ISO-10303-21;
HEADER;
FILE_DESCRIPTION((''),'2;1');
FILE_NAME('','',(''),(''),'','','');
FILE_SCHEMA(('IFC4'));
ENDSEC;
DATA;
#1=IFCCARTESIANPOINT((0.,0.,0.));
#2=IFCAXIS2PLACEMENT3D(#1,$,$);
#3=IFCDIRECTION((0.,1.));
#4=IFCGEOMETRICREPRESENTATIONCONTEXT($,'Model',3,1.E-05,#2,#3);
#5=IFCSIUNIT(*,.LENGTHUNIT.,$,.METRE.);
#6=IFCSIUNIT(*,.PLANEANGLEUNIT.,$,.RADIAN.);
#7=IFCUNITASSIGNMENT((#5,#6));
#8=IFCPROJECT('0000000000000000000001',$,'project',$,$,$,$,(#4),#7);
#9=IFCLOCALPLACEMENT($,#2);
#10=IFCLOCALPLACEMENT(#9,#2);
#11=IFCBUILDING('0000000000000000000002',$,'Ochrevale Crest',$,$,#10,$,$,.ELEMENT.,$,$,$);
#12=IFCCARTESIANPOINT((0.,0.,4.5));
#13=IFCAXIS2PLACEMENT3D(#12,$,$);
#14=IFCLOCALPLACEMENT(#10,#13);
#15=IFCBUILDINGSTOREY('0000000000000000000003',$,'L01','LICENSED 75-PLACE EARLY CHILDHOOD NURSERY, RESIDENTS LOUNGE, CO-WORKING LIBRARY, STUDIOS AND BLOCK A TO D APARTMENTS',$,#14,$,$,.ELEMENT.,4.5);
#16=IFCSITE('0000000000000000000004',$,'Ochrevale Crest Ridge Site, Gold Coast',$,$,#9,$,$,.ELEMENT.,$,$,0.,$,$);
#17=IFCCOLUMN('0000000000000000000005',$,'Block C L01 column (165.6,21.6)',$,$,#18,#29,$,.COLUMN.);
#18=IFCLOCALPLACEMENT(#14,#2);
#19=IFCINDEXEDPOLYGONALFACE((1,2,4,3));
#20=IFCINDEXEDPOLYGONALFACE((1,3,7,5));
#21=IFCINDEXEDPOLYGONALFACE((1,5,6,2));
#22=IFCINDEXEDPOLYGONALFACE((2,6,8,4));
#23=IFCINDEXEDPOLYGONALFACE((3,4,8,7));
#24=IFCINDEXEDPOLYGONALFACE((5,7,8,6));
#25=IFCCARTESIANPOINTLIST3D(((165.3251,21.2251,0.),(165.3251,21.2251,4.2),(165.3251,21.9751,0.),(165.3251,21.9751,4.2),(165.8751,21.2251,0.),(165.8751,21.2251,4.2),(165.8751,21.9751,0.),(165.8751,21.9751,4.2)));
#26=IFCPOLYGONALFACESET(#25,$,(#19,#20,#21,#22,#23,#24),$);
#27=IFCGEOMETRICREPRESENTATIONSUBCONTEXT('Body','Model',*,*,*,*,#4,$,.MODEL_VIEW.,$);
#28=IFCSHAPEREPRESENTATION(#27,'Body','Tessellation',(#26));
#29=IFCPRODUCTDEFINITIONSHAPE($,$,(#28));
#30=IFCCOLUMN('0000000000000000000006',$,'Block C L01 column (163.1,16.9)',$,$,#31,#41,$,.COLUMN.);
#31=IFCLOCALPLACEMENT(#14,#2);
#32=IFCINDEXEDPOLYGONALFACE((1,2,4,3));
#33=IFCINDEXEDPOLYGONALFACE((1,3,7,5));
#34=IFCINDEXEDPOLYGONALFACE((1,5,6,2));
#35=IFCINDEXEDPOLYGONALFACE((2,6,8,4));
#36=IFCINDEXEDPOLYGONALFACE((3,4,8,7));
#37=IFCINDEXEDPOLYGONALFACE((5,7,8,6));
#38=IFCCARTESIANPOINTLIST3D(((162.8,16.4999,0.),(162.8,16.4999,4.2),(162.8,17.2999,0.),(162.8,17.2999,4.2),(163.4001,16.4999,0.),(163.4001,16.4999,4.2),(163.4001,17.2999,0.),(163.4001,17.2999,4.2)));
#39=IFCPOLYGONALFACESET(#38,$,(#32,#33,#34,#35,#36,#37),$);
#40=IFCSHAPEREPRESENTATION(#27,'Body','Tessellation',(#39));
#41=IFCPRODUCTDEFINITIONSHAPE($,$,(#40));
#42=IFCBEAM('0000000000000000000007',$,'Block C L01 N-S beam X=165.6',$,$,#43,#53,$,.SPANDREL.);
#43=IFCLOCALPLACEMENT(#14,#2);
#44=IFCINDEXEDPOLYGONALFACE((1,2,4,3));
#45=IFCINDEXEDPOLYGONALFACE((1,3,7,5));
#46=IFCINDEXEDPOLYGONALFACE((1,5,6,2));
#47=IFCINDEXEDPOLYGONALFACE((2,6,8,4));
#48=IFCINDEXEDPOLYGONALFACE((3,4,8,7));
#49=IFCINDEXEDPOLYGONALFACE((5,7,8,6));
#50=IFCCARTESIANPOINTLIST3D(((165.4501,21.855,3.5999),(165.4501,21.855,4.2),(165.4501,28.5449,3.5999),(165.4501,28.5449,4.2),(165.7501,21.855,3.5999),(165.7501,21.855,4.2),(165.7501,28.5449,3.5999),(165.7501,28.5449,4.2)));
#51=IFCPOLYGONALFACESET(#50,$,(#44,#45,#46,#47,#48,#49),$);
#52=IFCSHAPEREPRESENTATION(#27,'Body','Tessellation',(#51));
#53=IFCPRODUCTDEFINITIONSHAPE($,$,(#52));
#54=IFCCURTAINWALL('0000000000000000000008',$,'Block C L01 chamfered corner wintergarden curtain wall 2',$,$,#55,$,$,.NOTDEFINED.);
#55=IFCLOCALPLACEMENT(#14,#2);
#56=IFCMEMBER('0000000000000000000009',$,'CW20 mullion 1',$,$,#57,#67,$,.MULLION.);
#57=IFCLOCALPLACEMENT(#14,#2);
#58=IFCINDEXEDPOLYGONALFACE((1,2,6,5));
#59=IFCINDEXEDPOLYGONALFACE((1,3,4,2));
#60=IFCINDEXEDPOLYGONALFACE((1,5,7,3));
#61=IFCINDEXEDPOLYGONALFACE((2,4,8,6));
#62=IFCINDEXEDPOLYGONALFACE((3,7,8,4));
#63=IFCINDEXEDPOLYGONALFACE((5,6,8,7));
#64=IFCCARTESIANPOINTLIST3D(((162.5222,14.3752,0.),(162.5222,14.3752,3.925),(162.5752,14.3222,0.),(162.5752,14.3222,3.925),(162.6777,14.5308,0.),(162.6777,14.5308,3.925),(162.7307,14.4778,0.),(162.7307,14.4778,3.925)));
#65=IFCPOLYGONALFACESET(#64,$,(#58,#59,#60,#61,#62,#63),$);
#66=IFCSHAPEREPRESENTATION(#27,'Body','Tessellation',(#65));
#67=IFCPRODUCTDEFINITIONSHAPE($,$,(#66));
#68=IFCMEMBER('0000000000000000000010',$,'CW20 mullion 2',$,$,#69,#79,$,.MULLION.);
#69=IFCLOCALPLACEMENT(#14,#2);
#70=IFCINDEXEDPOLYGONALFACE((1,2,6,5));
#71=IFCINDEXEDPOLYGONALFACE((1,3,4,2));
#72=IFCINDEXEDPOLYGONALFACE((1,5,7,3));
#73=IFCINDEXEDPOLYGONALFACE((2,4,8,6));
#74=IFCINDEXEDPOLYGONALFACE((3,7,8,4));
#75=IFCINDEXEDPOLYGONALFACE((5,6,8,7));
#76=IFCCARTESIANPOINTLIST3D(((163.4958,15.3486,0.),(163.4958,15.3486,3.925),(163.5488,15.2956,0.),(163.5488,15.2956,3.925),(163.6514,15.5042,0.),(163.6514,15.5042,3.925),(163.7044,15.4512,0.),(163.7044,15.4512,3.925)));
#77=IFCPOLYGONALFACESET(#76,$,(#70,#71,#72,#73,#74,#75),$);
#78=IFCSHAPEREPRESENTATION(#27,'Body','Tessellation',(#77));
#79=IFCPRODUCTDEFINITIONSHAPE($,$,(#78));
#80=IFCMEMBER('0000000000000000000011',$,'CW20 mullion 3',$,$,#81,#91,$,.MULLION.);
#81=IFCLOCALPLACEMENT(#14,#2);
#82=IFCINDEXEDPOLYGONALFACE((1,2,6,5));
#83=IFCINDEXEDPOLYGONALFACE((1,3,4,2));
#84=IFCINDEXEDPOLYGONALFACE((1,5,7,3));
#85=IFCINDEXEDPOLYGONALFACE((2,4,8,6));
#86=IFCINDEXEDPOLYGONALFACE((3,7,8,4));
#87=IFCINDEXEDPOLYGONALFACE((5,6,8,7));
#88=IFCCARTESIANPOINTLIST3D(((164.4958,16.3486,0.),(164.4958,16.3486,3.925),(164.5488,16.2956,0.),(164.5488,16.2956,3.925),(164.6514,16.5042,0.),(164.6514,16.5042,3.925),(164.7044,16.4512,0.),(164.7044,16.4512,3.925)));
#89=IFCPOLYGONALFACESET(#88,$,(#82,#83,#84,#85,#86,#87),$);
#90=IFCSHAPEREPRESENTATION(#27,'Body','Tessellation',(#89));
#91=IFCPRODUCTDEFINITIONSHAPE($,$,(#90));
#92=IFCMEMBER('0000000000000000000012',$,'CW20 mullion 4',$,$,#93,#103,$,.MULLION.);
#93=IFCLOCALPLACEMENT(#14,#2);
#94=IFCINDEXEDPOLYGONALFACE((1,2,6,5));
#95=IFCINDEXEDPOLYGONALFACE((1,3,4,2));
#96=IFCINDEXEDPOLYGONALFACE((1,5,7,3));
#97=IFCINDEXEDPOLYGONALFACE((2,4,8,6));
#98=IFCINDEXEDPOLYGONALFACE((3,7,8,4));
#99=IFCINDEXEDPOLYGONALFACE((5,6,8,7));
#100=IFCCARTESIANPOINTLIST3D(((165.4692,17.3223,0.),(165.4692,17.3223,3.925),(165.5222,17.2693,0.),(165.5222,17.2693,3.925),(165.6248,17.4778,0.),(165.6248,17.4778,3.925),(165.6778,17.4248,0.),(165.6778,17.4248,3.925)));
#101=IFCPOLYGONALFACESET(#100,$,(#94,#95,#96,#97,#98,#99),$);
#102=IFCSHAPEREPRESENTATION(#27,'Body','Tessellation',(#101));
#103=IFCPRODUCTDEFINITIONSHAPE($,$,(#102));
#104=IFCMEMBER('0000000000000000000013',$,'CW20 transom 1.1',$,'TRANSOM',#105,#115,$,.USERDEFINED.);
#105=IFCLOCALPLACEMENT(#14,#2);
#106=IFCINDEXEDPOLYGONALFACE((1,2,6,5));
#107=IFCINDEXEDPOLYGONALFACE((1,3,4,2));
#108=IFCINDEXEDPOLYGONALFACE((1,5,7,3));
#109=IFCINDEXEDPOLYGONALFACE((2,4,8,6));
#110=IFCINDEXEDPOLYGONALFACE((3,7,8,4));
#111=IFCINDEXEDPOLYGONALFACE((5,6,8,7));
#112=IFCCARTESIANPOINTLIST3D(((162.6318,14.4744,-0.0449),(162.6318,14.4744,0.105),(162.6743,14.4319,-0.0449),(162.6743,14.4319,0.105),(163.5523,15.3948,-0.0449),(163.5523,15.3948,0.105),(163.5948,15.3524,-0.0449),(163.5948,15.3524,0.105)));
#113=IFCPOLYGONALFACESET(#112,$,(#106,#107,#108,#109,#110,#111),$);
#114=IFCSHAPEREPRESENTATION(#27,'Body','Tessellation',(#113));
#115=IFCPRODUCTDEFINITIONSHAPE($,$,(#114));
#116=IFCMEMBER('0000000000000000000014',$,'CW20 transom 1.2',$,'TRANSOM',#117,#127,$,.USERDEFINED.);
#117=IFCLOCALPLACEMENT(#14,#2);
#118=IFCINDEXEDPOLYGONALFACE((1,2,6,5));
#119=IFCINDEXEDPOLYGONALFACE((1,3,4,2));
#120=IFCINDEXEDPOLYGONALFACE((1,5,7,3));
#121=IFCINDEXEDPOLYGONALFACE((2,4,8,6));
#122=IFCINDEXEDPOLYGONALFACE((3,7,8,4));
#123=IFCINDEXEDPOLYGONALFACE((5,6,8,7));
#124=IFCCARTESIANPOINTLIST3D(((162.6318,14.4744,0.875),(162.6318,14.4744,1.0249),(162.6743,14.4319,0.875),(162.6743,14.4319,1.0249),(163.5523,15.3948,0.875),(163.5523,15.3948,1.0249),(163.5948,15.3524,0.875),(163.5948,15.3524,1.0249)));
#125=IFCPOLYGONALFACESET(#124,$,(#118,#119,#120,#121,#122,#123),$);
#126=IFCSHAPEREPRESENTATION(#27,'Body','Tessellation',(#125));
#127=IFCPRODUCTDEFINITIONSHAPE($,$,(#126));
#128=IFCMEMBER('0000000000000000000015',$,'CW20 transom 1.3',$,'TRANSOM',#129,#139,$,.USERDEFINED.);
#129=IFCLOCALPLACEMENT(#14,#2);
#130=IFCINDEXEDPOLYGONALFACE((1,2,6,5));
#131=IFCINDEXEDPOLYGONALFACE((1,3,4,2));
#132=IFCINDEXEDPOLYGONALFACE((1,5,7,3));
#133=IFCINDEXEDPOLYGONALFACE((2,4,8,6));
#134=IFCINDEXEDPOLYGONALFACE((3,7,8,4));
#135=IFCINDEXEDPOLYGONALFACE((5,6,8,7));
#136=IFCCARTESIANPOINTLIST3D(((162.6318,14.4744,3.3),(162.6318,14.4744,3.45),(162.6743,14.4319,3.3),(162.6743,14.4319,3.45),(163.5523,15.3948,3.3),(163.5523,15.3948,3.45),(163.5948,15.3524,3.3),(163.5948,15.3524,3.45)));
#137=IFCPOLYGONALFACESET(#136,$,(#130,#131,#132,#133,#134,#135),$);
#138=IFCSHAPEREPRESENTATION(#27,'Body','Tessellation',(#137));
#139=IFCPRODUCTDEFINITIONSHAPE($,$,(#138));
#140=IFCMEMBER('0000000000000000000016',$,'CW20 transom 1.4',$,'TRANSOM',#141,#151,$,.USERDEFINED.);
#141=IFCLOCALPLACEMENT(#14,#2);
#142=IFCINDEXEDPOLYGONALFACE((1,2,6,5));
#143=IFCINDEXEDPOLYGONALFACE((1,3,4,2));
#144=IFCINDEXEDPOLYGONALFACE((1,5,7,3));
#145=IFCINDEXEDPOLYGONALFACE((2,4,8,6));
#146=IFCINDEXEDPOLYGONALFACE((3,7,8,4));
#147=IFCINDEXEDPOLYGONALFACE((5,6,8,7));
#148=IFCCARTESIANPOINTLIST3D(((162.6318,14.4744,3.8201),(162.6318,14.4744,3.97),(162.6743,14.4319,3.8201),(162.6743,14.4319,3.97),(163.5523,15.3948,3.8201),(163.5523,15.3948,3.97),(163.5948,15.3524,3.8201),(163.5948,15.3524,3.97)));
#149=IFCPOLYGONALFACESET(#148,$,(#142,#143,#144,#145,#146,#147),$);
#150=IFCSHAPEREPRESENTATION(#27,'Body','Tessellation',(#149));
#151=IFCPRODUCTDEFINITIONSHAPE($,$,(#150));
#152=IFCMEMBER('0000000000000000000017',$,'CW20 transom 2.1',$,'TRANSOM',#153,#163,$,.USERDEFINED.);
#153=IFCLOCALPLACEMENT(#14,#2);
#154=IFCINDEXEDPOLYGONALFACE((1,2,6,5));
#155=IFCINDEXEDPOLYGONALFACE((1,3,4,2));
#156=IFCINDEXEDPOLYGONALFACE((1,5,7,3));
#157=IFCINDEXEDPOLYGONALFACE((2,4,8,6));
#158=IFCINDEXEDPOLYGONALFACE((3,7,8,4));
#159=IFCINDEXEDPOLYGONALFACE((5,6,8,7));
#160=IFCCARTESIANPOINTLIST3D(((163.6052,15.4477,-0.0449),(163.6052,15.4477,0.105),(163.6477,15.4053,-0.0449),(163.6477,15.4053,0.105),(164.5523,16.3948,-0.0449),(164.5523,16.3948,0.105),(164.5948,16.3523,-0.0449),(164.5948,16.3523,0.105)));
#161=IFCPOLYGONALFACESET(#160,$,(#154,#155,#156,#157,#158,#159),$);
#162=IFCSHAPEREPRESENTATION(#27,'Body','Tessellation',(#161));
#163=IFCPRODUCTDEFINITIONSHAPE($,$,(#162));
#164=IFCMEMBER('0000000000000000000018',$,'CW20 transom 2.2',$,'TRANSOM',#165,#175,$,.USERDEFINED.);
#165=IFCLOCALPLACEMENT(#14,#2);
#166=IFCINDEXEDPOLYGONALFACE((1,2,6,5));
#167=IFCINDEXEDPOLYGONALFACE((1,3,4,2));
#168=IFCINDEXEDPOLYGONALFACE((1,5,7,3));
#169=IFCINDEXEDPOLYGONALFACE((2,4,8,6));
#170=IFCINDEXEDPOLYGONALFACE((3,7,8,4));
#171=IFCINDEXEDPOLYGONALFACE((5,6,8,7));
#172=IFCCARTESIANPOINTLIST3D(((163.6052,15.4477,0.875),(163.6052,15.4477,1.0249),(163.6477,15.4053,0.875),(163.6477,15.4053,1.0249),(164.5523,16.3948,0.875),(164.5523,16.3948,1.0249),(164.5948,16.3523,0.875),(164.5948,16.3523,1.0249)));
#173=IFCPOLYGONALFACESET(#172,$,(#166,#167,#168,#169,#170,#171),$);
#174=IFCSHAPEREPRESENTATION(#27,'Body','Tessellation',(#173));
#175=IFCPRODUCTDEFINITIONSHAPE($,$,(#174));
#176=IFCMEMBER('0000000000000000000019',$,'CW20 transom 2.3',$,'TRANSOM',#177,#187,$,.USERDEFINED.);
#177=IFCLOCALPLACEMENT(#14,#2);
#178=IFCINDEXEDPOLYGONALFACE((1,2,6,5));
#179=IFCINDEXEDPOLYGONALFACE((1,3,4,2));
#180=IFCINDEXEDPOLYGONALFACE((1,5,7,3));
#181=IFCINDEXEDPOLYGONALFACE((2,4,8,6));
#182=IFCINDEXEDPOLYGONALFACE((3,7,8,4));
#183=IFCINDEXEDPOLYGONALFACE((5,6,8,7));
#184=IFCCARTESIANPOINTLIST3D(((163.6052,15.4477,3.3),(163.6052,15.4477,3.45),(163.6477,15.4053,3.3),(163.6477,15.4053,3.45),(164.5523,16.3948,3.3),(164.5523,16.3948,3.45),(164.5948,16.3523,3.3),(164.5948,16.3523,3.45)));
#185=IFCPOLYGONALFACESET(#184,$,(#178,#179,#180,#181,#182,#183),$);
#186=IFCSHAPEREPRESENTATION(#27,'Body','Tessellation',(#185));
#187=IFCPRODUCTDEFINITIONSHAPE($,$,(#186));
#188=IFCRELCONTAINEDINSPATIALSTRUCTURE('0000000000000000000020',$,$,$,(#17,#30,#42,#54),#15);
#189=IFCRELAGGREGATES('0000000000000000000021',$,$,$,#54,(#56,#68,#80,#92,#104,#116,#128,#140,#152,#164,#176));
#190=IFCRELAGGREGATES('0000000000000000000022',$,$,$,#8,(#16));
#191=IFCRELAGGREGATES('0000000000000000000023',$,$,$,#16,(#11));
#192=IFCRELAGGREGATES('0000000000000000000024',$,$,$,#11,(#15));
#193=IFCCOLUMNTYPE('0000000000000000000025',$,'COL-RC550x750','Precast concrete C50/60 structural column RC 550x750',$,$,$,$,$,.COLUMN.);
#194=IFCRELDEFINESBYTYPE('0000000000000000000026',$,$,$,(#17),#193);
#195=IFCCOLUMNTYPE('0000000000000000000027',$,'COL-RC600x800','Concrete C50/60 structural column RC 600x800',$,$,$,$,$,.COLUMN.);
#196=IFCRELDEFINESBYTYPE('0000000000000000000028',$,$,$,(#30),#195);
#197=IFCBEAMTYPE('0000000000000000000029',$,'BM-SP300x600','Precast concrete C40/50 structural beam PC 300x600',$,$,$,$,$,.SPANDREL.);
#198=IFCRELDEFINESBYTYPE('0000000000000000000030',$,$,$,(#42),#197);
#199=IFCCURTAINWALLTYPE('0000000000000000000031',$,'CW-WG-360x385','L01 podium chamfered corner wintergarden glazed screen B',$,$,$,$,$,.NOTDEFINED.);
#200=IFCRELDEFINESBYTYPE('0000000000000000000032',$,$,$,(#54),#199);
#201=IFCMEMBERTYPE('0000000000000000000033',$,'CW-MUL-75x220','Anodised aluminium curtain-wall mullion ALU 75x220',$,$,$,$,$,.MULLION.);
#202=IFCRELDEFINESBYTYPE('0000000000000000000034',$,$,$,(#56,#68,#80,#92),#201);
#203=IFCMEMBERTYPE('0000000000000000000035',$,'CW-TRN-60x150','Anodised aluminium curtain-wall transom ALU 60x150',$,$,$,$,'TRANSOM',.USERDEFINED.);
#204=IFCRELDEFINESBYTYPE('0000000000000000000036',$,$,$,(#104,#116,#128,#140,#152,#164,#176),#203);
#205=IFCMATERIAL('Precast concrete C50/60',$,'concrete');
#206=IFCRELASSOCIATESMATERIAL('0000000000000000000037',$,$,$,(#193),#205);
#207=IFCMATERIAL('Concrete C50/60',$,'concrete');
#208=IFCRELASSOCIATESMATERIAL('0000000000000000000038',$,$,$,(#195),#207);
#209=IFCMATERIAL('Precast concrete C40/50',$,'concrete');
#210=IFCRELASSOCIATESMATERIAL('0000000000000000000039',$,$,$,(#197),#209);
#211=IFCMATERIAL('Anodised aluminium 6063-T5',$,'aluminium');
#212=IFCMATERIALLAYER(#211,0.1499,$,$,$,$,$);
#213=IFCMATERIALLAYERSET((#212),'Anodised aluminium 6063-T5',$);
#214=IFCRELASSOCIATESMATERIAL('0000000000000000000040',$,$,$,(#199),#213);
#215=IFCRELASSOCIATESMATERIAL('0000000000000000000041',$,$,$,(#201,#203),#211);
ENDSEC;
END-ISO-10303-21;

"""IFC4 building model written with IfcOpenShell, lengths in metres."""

from ifc_helpers import new_model, si_unit, direction, frame, origin, origin_2d, place, context, subcontext, project, spatial, rectangle, extrude, material, layer, layer_set, material_profile, profile_set, type_object, element, aggregate, save


model = new_model("IFC4")

# Units and contexts
model_context = context("Model", 3, precision=1e-05, world=origin(), true_north=direction((0.0, 1.0)))
body_context = subcontext(model_context, "Body", "Model", "MODEL_VIEW")
ifc_project = project(units=[si_unit("LENGTHUNIT", "METRE"), si_unit("PLANEANGLEUNIT", "RADIAN")], contexts=[model_context])

# Site, building, storey
site_placement = place(None, origin())
site = spatial("IfcSite", under=ifc_project, at=site_placement, Name="Ochrevale Crest Ridge Site, Gold Coast", CompositionType="ELEMENT", RefElevation=0.0)
building_placement = place(site_placement, origin())
building = spatial("IfcBuilding", under=site, at=building_placement, Name="Ochrevale Crest", CompositionType="ELEMENT")
storey_placement = place(building_placement, frame((0.0, 0.0, 4.5)))
storey = spatial("IfcBuildingStorey", under=building, at=storey_placement, Name="L01", Description="LICENSED 75-PLACE EARLY CHILDHOOD NURSERY, RESIDENTS LOUNGE, CO-WORKING LIBRARY, STUDIOS AND BLOCK A TO D APARTMENTS", CompositionType="ELEMENT", Elevation=4.5)

# Columns
ifc_material_1 = material(Name="Precast concrete C50/60", Category="concrete")
ifc_material_profile_1 = material_profile(ifc_material_1, rectangle(XDim=0.55, YDim=0.75, at=origin_2d()), Name="RC 550x750")
ifc_profile_set_1 = profile_set([ifc_material_profile_1], Name="Precast concrete C50/60")
column_type_1 = type_object("IfcColumnType", Name="COL-RC550x750", Description="Precast concrete C50/60 structural column RC 550x750", PredefinedType="COLUMN", material=ifc_profile_set_1)
column_1_placement = place(storey_placement, frame((165.6001, 21.6001, 0.0), z_axis=(0.0, 0.0, 1.0), x_axis=(1.0, 0.0, 0.0)))
element("IfcColumn", 1, at=column_1_placement, inside=storey, type_object=column_type_1, Name="Block C L01 column (165.6,21.6)", PredefinedType="COLUMN", context=body_context, shape_type="SweptSolid", body=[
    extrude(rectangle(XDim=0.55, YDim=0.75, at=origin_2d()), origin(), (0.0, 0.0, 1.0), 4.2),
])
ifc_material_2 = material(Name="Concrete C50/60", Category="concrete")
ifc_material_profile_2 = material_profile(ifc_material_2, rectangle(XDim=0.6001, YDim=0.8, at=origin_2d()), Name="RC 600x800")
ifc_profile_set_2 = profile_set([ifc_material_profile_2], Name="Concrete C50/60")
column_type_2 = type_object("IfcColumnType", Name="COL-RC600x800", Description="Concrete C50/60 structural column RC 600x800", PredefinedType="COLUMN", material=ifc_profile_set_2)
column_2_placement = place(storey_placement, frame((163.1001, 16.8999, 0.0), z_axis=(0.0, 0.0, 1.0), x_axis=(1.0, 0.0, 0.0)))
element("IfcColumn", 2, at=column_2_placement, inside=storey, type_object=column_type_2, Name="Block C L01 column (163.1,16.9)", PredefinedType="COLUMN", context=body_context, shape_type="SweptSolid", body=[
    extrude(rectangle(XDim=0.6001, YDim=0.8, at=origin_2d()), origin(), (0.0, 0.0, 1.0), 4.2),
])

# Beam
ifc_material_3 = material(Name="Precast concrete C40/50", Category="concrete")
ifc_material_profile_3 = material_profile(ifc_material_3, rectangle(XDim=0.3, YDim=0.6001, at=origin_2d()), Name="PC 300x600")
ifc_profile_set_3 = profile_set([ifc_material_profile_3], Name="Precast concrete C40/50")
beam_type = type_object("IfcBeamType", Name="BM-SP300x600", Description="Precast concrete C40/50 structural beam PC 300x600", PredefinedType="SPANDREL", material=ifc_profile_set_3)
beam_placement = place(storey_placement, frame((165.6001, 21.855, 3.8999), z_axis=(0.0, 1.0, 0.0), x_axis=(-1.0, 0.0, 0.0)))
element("IfcBeam", 3, at=beam_placement, inside=storey, type_object=beam_type, Name="Block C L01 N-S beam X=165.6", PredefinedType="SPANDREL", context=body_context, shape_type="SweptSolid", body=[
    extrude(rectangle(XDim=0.3, YDim=0.6001, at=origin_2d()), origin(), (0.0, 0.0, 1.0), 6.6899),
])

# Curtain wall, members
ifc_material_4 = material(Name="Anodised aluminium 6063-T5", Category="aluminium")
ifc_layer_1 = layer(ifc_material_4, 0.1499)
ifc_layer_set_1 = layer_set([ifc_layer_1], Name="Anodised aluminium 6063-T5")
curtain_wall_type = type_object("IfcCurtainWallType", Name="CW-WG-360x385", Description="L01 podium chamfered corner wintergarden glazed screen B", PredefinedType="NOTDEFINED", material=ifc_layer_set_1)
curtain_wall_placement = place(storey_placement, origin())
curtain_wall = element("IfcCurtainWall", 4, at=curtain_wall_placement, inside=storey, type_object=curtain_wall_type, Name="Block C L01 chamfered corner wintergarden curtain wall 2", PredefinedType="NOTDEFINED")
ifc_material_profile_4 = material_profile(ifc_material_4, rectangle(XDim=0.075, YDim=0.22, at=origin_2d()), Name="ALU 75x220")
ifc_profile_set_4 = profile_set([ifc_material_profile_4], Name="Anodised aluminium 6063-T5")
member_type_1 = type_object("IfcMemberType", Name="CW-MUL-75x220", Description="Anodised aluminium curtain-wall mullion ALU 75x220", PredefinedType="MULLION", material=ifc_profile_set_4)
member_1_placement = place(storey_placement, frame((162.6265, 14.4265, 0.0), z_axis=(0.0, 0.0, 1.0), x_axis=(-0.707107, 0.707107, 0.0)))
member_1 = element("IfcMember", 5, at=member_1_placement, type_object=member_type_1, Name="CW20 mullion 1", PredefinedType="MULLION", context=body_context, shape_type="SweptSolid", body=[
    extrude(rectangle(XDim=0.075, YDim=0.22, at=origin_2d()), origin(), (0.0, 0.0, 1.0), 3.925),
])
member_2_placement = place(storey_placement, frame((163.6001, 15.3999, 0.0), z_axis=(0.0, 0.0, 1.0), x_axis=(-0.707107, 0.707107, 0.0)))
member_2 = element("IfcMember", 6, at=member_2_placement, type_object=member_type_1, Name="CW20 mullion 2", PredefinedType="MULLION", context=body_context, shape_type="SweptSolid", body=[
    extrude(rectangle(XDim=0.075, YDim=0.22, at=origin_2d()), origin(), (0.0, 0.0, 1.0), 3.925),
])
member_3_placement = place(storey_placement, frame((164.6001, 16.3999, 0.0), z_axis=(0.0, 0.0, 1.0), x_axis=(-0.707107, 0.707107, 0.0)))
member_3 = element("IfcMember", 7, at=member_3_placement, type_object=member_type_1, Name="CW20 mullion 3", PredefinedType="MULLION", context=body_context, shape_type="SweptSolid", body=[
    extrude(rectangle(XDim=0.075, YDim=0.22, at=origin_2d()), origin(), (0.0, 0.0, 1.0), 3.925),
])
member_4_placement = place(storey_placement, frame((165.5735, 17.3735, 0.0), z_axis=(0.0, 0.0, 1.0), x_axis=(-0.707107, 0.707107, 0.0)))
member_4 = element("IfcMember", 8, at=member_4_placement, type_object=member_type_1, Name="CW20 mullion 4", PredefinedType="MULLION", context=body_context, shape_type="SweptSolid", body=[
    extrude(rectangle(XDim=0.075, YDim=0.22, at=origin_2d()), origin(), (0.0, 0.0, 1.0), 3.925),
])
ifc_material_profile_5 = material_profile(ifc_material_4, rectangle(XDim=0.0601, YDim=0.1499, at=origin_2d()), Name="ALU 60x150")
ifc_profile_set_5 = profile_set([ifc_material_profile_5], Name="Anodised aluminium 6063-T5")
member_type_2 = type_object("IfcMemberType", Name="CW-TRN-60x150", Description="Anodised aluminium curtain-wall transom ALU 60x150", ElementType="TRANSOM", PredefinedType="USERDEFINED", material=ifc_profile_set_5)
member_5_placement = place(storey_placement, frame((162.6531, 14.4531, 0.03), z_axis=(0.707107, 0.707107, 0.0), x_axis=(-0.707107, 0.707107, 0.0)))
member_5 = element("IfcMember", 9, at=member_5_placement, type_object=member_type_2, Name="CW20 transom 1.1", ObjectType="TRANSOM", PredefinedType="USERDEFINED", context=body_context, shape_type="SweptSolid", body=[
    extrude(rectangle(XDim=0.0601, YDim=0.1499, at=origin_2d()), origin(), (0.0, 0.0, 1.0), 1.3018),
])
member_6_placement = place(storey_placement, frame((162.6531, 14.4531, 0.95), z_axis=(0.707107, 0.707107, 0.0), x_axis=(-0.707107, 0.707107, 0.0)))
member_6 = element("IfcMember", 10, at=member_6_placement, type_object=member_type_2, Name="CW20 transom 1.2", ObjectType="TRANSOM", PredefinedType="USERDEFINED", context=body_context, shape_type="SweptSolid", body=[
    extrude(rectangle(XDim=0.0601, YDim=0.1499, at=origin_2d()), origin(), (0.0, 0.0, 1.0), 1.3018),
])
member_7_placement = place(storey_placement, frame((162.6531, 14.4531, 3.375), z_axis=(0.707107, 0.707107, 0.0), x_axis=(-0.707107, 0.707107, 0.0)))
member_7 = element("IfcMember", 11, at=member_7_placement, type_object=member_type_2, Name="CW20 transom 1.3", ObjectType="TRANSOM", PredefinedType="USERDEFINED", context=body_context, shape_type="SweptSolid", body=[
    extrude(rectangle(XDim=0.0601, YDim=0.1499, at=origin_2d()), origin(), (0.0, 0.0, 1.0), 1.3018),
])
member_8_placement = place(storey_placement, frame((162.6531, 14.4531, 3.895), z_axis=(0.707107, 0.707107, 0.0), x_axis=(-0.707107, 0.707107, 0.0)))
member_8 = element("IfcMember", 12, at=member_8_placement, type_object=member_type_2, Name="CW20 transom 1.4", ObjectType="TRANSOM", PredefinedType="USERDEFINED", context=body_context, shape_type="SweptSolid", body=[
    extrude(rectangle(XDim=0.0601, YDim=0.1499, at=origin_2d()), origin(), (0.0, 0.0, 1.0), 1.3018),
])
member_9_placement = place(storey_placement, frame((163.6265, 15.4265, 0.03), z_axis=(0.707107, 0.707107, 0.0), x_axis=(-0.707107, 0.707107, 0.0)))
member_9 = element("IfcMember", 13, at=member_9_placement, type_object=member_type_2, Name="CW20 transom 2.1", ObjectType="TRANSOM", PredefinedType="USERDEFINED", context=body_context, shape_type="SweptSolid", body=[
    extrude(rectangle(XDim=0.0601, YDim=0.1499, at=origin_2d()), origin(), (0.0, 0.0, 1.0), 1.3394),
])
member_10_placement = place(storey_placement, frame((163.6265, 15.4265, 0.95), z_axis=(0.707107, 0.707107, 0.0), x_axis=(-0.707107, 0.707107, 0.0)))
member_10 = element("IfcMember", 14, at=member_10_placement, type_object=member_type_2, Name="CW20 transom 2.2", ObjectType="TRANSOM", PredefinedType="USERDEFINED", context=body_context, shape_type="SweptSolid", body=[
    extrude(rectangle(XDim=0.0601, YDim=0.1499, at=origin_2d()), origin(), (0.0, 0.0, 1.0), 1.3394),
])
member_11_placement = place(storey_placement, frame((163.6265, 15.4265, 3.375), z_axis=(0.707107, 0.707107, 0.0), x_axis=(-0.707107, 0.707107, 0.0)))
member_11 = element("IfcMember", 15, at=member_11_placement, type_object=member_type_2, Name="CW20 transom 2.3", ObjectType="TRANSOM", PredefinedType="USERDEFINED", context=body_context, shape_type="SweptSolid", body=[
    extrude(rectangle(XDim=0.0601, YDim=0.1499, at=origin_2d()), origin(), (0.0, 0.0, 1.0), 1.3394),
])
aggregate(curtain_wall, [member_1, member_2, member_3, member_4, member_5, member_6, member_7, member_8, member_9, member_10, member_11])

save(model, "model.ifc")
